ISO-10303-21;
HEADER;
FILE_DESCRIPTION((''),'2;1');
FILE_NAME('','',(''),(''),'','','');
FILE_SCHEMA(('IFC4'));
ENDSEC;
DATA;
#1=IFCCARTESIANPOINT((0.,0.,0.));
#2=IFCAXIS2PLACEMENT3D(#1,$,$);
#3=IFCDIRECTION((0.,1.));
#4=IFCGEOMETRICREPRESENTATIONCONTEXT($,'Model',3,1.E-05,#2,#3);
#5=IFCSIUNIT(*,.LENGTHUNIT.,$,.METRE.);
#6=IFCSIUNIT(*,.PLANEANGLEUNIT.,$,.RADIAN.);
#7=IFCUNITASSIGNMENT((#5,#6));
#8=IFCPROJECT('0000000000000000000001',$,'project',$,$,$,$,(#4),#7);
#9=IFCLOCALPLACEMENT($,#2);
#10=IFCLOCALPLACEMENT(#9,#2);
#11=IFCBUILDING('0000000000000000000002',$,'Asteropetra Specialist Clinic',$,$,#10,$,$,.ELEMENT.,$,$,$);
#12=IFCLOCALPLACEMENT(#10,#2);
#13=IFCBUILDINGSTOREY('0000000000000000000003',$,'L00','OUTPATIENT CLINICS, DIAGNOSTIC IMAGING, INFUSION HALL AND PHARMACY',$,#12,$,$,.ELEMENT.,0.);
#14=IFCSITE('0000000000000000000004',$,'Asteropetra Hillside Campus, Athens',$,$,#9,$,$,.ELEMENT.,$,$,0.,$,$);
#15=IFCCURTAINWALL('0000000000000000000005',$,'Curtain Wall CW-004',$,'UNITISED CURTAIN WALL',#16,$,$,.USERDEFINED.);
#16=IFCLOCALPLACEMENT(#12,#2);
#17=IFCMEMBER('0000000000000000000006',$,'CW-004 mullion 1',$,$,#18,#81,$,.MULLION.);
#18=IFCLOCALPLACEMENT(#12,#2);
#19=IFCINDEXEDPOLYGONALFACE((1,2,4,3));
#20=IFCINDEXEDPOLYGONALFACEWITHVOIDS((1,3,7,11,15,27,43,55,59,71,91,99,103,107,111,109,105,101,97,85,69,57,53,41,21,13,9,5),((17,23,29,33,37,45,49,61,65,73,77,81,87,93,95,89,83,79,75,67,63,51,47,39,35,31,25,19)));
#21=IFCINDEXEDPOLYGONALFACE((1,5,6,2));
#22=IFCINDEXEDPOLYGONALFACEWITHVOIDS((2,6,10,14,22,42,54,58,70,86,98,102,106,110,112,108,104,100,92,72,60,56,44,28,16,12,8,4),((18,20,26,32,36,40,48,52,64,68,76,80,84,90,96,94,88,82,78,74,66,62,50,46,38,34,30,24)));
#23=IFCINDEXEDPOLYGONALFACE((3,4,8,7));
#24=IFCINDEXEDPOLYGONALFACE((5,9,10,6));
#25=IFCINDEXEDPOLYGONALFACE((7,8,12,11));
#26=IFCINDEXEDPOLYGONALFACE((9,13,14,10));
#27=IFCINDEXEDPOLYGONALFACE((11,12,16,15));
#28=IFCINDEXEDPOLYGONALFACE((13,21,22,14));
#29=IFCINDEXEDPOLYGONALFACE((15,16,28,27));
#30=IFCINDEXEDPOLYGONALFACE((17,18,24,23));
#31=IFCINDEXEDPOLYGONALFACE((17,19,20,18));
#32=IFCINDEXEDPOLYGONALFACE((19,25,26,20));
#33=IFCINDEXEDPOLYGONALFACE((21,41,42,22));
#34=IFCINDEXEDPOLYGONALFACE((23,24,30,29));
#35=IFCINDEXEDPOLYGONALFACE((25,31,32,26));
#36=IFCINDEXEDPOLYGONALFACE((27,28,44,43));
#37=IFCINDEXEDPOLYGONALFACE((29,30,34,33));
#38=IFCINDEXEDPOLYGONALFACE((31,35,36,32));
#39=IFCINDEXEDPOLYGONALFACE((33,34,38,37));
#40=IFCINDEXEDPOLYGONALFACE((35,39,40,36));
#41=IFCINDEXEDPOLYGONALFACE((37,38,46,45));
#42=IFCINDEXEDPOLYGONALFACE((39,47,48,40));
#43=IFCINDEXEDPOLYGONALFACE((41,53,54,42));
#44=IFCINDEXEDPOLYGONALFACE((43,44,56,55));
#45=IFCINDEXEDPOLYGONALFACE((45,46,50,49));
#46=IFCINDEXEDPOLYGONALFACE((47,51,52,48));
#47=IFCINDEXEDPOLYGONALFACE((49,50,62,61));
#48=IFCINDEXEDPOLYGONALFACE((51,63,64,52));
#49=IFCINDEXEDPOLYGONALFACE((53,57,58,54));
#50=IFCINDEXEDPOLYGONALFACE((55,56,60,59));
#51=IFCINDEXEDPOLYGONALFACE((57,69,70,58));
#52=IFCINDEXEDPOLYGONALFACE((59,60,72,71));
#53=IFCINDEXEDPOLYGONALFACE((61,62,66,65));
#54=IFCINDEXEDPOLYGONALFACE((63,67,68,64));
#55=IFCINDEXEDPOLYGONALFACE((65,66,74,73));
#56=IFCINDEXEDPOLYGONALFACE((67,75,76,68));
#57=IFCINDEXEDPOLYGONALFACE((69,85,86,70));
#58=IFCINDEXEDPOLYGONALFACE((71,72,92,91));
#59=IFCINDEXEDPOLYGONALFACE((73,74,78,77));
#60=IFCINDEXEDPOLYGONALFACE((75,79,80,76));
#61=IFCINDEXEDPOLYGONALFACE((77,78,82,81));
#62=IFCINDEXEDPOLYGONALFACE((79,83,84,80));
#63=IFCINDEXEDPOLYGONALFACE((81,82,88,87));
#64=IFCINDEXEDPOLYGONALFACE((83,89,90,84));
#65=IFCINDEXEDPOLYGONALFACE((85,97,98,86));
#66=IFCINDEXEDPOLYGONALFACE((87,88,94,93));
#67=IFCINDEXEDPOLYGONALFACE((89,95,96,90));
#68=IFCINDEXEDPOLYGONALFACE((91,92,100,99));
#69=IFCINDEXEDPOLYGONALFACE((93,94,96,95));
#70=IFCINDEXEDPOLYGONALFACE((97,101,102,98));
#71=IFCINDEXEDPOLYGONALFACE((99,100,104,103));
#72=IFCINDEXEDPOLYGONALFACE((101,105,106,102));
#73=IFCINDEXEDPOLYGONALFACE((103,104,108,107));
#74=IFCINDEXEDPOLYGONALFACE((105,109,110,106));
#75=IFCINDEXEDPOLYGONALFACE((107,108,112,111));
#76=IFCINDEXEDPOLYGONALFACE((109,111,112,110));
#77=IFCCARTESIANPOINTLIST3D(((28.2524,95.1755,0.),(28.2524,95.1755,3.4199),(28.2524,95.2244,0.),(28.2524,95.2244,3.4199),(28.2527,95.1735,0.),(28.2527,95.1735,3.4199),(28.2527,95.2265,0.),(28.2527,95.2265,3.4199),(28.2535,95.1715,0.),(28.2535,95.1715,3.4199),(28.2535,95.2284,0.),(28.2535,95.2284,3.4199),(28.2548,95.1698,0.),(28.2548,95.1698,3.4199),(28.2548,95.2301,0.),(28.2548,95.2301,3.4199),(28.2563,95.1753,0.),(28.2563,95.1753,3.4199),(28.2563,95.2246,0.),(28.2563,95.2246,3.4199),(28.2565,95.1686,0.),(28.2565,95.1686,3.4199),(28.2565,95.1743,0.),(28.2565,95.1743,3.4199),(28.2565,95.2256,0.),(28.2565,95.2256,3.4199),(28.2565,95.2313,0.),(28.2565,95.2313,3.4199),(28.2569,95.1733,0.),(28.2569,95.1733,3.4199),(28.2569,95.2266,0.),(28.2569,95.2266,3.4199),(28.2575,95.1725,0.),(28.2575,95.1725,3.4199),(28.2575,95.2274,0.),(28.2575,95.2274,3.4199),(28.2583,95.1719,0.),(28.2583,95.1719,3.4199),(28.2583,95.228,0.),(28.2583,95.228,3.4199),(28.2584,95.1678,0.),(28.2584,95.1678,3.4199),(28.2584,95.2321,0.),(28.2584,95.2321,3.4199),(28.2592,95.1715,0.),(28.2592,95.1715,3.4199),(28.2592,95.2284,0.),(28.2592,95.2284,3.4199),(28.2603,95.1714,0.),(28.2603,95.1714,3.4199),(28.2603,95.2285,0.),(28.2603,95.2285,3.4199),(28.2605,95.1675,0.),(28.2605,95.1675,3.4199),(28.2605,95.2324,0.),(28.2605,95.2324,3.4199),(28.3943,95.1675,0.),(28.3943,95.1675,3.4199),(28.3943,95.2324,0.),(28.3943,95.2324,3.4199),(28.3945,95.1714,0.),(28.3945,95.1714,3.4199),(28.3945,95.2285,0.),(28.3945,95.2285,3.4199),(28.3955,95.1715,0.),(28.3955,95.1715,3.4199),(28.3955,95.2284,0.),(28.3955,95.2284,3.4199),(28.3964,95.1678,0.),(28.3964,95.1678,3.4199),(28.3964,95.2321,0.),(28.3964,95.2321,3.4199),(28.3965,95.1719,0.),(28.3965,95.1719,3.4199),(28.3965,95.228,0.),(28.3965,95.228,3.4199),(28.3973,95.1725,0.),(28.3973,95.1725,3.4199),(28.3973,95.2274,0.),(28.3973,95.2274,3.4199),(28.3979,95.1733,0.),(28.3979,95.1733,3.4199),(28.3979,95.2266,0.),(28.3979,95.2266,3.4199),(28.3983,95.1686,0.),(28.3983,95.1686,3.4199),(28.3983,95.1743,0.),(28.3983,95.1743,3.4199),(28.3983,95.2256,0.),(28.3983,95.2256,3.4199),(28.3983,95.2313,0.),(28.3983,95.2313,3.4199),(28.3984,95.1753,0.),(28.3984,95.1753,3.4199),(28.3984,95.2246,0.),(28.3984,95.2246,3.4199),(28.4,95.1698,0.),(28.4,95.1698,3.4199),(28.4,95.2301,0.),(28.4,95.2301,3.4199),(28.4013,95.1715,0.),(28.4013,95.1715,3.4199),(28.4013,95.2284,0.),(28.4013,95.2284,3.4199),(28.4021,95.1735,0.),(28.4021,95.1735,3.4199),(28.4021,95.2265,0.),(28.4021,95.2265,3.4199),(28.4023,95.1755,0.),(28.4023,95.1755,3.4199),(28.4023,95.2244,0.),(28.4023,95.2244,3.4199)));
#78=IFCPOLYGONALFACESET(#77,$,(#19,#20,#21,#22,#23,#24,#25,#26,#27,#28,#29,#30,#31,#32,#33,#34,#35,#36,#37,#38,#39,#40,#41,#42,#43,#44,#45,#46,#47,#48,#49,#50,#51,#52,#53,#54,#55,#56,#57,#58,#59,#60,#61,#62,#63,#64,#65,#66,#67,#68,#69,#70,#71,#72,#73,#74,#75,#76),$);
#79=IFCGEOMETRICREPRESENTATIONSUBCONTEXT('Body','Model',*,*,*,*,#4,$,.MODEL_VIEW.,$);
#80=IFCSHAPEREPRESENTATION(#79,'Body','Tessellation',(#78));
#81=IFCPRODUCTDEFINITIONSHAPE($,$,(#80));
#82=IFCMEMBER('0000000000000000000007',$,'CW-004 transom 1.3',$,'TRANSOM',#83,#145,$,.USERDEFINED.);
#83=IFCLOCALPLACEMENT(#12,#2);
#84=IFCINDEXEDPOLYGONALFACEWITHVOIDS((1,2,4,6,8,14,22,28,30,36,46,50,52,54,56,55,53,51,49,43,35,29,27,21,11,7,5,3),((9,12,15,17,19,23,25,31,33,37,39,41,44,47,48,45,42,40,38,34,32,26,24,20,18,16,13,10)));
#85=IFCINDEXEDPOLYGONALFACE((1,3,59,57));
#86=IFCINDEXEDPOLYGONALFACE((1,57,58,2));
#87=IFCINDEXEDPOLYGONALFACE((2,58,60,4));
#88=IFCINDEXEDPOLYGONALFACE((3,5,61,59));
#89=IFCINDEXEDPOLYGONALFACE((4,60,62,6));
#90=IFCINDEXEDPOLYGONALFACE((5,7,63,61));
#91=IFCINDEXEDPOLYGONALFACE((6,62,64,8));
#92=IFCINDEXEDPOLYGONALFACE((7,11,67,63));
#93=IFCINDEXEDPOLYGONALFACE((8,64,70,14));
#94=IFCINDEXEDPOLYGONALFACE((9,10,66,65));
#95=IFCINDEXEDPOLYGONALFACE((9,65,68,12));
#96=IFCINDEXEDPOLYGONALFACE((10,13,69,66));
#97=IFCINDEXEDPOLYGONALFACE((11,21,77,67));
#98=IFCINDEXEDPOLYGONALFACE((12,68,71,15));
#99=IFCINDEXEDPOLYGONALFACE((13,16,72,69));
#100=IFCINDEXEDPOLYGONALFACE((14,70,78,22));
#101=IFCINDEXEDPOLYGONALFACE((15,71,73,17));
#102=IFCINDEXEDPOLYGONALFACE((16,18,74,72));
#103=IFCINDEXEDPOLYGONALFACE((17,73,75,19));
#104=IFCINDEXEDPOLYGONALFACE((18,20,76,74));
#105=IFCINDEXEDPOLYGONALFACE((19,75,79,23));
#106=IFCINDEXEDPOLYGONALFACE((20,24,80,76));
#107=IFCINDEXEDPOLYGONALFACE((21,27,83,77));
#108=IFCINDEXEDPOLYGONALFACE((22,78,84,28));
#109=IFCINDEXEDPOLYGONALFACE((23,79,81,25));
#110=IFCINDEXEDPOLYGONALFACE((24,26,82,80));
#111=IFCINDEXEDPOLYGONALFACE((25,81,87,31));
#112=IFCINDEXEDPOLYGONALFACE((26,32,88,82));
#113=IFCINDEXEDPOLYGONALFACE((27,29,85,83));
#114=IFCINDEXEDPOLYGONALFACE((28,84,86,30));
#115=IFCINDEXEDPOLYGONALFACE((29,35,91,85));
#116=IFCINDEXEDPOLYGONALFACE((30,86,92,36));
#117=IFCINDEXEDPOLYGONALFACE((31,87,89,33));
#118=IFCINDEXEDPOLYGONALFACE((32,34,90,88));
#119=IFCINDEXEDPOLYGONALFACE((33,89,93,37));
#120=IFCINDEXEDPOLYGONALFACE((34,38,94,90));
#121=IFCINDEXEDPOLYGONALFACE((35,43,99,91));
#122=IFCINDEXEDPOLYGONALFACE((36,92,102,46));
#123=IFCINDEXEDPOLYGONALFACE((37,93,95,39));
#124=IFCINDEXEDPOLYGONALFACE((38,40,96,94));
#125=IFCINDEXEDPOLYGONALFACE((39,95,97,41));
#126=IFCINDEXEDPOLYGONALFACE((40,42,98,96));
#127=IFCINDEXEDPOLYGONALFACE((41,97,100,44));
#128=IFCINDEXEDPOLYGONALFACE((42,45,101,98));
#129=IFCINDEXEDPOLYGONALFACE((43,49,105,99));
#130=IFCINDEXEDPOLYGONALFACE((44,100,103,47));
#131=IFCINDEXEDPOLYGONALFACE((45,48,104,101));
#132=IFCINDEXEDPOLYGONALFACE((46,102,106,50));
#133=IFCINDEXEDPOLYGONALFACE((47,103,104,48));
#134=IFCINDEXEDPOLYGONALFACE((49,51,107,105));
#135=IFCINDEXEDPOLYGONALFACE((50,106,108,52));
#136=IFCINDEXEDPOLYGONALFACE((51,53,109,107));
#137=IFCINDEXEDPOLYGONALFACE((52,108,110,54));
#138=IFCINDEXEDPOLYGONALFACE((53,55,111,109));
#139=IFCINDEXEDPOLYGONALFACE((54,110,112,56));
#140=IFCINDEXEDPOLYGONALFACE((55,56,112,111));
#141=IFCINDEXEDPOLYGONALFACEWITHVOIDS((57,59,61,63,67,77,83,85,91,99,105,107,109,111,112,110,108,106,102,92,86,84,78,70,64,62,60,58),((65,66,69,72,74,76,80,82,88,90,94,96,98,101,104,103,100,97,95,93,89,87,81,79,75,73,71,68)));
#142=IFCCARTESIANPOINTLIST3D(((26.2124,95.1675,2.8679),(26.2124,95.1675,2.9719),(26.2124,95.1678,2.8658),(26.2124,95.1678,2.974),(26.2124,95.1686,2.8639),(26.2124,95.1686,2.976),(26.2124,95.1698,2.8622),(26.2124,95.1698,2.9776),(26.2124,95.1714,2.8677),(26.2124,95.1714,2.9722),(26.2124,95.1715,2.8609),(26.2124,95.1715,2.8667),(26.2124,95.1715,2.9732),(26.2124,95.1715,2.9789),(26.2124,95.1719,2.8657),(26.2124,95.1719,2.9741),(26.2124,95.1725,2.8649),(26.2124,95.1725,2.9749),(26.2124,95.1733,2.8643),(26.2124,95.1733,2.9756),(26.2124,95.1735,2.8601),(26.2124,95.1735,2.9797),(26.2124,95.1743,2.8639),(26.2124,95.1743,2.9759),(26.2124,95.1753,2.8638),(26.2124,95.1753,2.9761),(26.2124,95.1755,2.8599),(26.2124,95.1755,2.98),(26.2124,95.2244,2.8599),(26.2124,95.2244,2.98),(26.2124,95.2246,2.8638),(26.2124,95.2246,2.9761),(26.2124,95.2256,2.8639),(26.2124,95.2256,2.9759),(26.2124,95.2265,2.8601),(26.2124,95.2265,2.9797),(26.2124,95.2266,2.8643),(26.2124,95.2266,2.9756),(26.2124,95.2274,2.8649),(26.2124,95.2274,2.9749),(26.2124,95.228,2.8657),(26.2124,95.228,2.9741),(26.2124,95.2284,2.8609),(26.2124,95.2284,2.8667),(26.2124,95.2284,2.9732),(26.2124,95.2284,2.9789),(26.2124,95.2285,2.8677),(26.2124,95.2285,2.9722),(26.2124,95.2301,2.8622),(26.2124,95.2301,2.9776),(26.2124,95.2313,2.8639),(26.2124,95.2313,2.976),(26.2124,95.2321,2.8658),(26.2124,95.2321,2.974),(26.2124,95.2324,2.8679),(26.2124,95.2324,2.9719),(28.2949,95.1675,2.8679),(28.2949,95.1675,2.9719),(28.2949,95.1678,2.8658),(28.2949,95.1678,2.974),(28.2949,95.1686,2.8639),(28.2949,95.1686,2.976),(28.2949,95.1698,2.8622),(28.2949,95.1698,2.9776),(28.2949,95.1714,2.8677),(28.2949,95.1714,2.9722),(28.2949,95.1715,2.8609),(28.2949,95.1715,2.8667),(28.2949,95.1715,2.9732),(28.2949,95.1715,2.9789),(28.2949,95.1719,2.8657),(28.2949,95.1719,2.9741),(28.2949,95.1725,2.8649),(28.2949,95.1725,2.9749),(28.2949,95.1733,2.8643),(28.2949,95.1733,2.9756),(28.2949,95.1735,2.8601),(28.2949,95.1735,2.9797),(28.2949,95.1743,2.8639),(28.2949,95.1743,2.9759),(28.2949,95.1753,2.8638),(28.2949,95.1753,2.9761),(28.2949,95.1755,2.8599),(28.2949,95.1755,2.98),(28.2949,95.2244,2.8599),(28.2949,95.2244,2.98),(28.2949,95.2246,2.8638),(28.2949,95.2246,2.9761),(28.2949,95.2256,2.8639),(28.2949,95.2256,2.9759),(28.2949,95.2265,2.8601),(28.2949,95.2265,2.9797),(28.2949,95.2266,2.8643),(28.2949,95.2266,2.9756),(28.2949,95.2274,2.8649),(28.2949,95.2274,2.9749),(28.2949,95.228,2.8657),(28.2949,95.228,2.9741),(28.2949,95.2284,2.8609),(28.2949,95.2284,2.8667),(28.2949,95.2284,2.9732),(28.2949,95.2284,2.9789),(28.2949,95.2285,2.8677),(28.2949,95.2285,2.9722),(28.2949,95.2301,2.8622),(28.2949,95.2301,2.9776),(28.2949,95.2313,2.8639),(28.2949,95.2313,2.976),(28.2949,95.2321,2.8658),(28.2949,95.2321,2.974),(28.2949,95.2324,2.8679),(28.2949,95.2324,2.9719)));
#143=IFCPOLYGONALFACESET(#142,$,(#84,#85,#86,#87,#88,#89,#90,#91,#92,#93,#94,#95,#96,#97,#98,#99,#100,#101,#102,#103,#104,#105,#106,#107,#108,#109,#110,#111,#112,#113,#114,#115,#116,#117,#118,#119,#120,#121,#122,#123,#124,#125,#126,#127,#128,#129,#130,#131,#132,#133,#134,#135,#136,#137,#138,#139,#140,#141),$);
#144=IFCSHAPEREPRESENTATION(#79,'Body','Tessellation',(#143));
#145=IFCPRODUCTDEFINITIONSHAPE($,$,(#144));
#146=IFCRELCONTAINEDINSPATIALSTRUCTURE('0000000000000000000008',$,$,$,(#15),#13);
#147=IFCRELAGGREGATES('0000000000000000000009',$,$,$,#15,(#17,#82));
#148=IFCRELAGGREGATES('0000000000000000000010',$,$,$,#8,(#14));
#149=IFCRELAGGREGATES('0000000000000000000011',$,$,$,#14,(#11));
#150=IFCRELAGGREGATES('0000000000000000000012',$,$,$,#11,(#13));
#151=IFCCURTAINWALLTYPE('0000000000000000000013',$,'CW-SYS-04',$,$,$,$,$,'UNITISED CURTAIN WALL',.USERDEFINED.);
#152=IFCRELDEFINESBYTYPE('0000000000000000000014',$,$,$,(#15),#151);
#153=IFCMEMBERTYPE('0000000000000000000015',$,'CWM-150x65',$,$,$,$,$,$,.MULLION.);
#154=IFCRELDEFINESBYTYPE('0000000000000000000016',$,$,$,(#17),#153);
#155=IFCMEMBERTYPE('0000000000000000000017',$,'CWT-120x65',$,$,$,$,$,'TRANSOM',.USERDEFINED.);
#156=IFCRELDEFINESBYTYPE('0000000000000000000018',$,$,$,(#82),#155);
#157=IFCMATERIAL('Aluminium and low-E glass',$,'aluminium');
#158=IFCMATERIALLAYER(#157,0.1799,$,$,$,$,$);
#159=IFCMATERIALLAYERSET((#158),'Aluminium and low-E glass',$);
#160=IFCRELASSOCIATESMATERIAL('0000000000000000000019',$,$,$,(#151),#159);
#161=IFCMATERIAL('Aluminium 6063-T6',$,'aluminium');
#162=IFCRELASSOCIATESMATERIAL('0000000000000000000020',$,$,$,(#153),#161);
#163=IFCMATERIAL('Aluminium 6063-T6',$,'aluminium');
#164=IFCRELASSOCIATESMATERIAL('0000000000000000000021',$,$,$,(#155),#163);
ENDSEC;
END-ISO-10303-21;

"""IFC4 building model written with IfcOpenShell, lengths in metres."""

from ifc_helpers import new_model, si_unit, direction, frame, origin, origin_2d, place, context, subcontext, project, spatial, hollow_rectangle, extrude, material, layer, layer_set, material_profile, profile_set, type_object, element, aggregate, save


model = new_model("IFC4")

# Units and contexts
model_context = context("Model", 3, precision=1e-05, world=origin(), true_north=direction((0.0, 1.0)))
body_context = subcontext(model_context, "Body", "Model", "MODEL_VIEW")
ifc_project = project(units=[si_unit("LENGTHUNIT", "METRE"), si_unit("PLANEANGLEUNIT", "RADIAN")], contexts=[model_context])

# Site, building, storey
site_placement = place(None, origin())
site = spatial("IfcSite", under=ifc_project, at=site_placement, Name="Asteropetra Hillside Campus, Athens", CompositionType="ELEMENT", RefElevation=0.0)
building_placement = place(site_placement, origin())
building = spatial("IfcBuilding", under=site, at=building_placement, Name="Asteropetra Specialist Clinic", CompositionType="ELEMENT")
storey_placement = place(building_placement, origin())
storey = spatial("IfcBuildingStorey", under=building, at=storey_placement, Name="L00", Description="OUTPATIENT CLINICS, DIAGNOSTIC IMAGING, INFUSION HALL AND PHARMACY", CompositionType="ELEMENT", Elevation=0.0)

# Curtain wall, members
ifc_material_1 = material(Name="Aluminium and low-E glass", Category="aluminium")
ifc_layer_1 = layer(ifc_material_1, 0.1799)
ifc_layer_set_1 = layer_set([ifc_layer_1], Name="Aluminium and low-E glass")
curtain_wall_type = type_object("IfcCurtainWallType", Name="CW-SYS-04", ElementType="UNITISED CURTAIN WALL", PredefinedType="USERDEFINED", material=ifc_layer_set_1)
curtain_wall_placement = place(storey_placement, origin())
curtain_wall = element("IfcCurtainWall", 1, at=curtain_wall_placement, inside=storey, type_object=curtain_wall_type, Name="Curtain Wall CW-004", ObjectType="UNITISED CURTAIN WALL", PredefinedType="USERDEFINED")
ifc_material_2 = material(Name="Aluminium 6063-T6", Category="aluminium")
ifc_material_profile_1 = material_profile(ifc_material_2, hollow_rectangle(XDim=0.0649, YDim=0.1499, WallThickness=0.0039, InnerFilletRadius=0.0039, OuterFilletRadius=0.0081, at=origin_2d()), Name="MUL 150x65x4.0")
ifc_profile_set_1 = profile_set([ifc_material_profile_1], Name="Aluminium 6063-T6")
member_type_1 = type_object("IfcMemberType", Name="CWM-150x65", PredefinedType="MULLION", material=ifc_profile_set_1)
member_1_placement = place(storey_placement, frame((28.3274, 95.2, 0.0), z_axis=(0.0, 0.0, 1.0), x_axis=(0.0, -1.0, 0.0)))
member_1 = element("IfcMember", 2, at=member_1_placement, type_object=member_type_1, Name="CW-004 mullion 1", PredefinedType="MULLION", context=body_context, shape_type="SweptSolid", body=[
    extrude(hollow_rectangle(XDim=0.0649, YDim=0.1499, WallThickness=0.0039, InnerFilletRadius=0.0039, OuterFilletRadius=0.0081, at=origin_2d()), origin(), (0.0, 0.0, 1.0), 3.4199),
])
ifc_material_3 = material(Name="Aluminium 6063-T6", Category="aluminium")
ifc_material_profile_2 = material_profile(ifc_material_3, hollow_rectangle(XDim=0.0649, YDim=0.1201, WallThickness=0.0039, InnerFilletRadius=0.0039, OuterFilletRadius=0.0081, at=origin_2d()), Name="TRN 120x65x4.0")
ifc_profile_set_2 = profile_set([ifc_material_profile_2], Name="Aluminium 6063-T6")
member_type_2 = type_object("IfcMemberType", Name="CWT-120x65", ElementType="TRANSOM", PredefinedType="USERDEFINED", material=ifc_profile_set_2)
member_2_placement = place(storey_placement, frame((28.2949, 95.2, 2.9199), z_axis=(-1.0, 0.0, 0.0), x_axis=(0.0, -1.0, 0.0)))
member_2 = element("IfcMember", 3, at=member_2_placement, type_object=member_type_2, Name="CW-004 transom 1.3", ObjectType="TRANSOM", PredefinedType="USERDEFINED", context=body_context, shape_type="SweptSolid", body=[
    extrude(hollow_rectangle(XDim=0.0649, YDim=0.1201, WallThickness=0.0039, InnerFilletRadius=0.0039, OuterFilletRadius=0.0081, at=origin_2d()), origin(), (0.0, 0.0, 1.0), 2.0825),
])
aggregate(curtain_wall, [member_1, member_2])

save(model, "model.ifc")
